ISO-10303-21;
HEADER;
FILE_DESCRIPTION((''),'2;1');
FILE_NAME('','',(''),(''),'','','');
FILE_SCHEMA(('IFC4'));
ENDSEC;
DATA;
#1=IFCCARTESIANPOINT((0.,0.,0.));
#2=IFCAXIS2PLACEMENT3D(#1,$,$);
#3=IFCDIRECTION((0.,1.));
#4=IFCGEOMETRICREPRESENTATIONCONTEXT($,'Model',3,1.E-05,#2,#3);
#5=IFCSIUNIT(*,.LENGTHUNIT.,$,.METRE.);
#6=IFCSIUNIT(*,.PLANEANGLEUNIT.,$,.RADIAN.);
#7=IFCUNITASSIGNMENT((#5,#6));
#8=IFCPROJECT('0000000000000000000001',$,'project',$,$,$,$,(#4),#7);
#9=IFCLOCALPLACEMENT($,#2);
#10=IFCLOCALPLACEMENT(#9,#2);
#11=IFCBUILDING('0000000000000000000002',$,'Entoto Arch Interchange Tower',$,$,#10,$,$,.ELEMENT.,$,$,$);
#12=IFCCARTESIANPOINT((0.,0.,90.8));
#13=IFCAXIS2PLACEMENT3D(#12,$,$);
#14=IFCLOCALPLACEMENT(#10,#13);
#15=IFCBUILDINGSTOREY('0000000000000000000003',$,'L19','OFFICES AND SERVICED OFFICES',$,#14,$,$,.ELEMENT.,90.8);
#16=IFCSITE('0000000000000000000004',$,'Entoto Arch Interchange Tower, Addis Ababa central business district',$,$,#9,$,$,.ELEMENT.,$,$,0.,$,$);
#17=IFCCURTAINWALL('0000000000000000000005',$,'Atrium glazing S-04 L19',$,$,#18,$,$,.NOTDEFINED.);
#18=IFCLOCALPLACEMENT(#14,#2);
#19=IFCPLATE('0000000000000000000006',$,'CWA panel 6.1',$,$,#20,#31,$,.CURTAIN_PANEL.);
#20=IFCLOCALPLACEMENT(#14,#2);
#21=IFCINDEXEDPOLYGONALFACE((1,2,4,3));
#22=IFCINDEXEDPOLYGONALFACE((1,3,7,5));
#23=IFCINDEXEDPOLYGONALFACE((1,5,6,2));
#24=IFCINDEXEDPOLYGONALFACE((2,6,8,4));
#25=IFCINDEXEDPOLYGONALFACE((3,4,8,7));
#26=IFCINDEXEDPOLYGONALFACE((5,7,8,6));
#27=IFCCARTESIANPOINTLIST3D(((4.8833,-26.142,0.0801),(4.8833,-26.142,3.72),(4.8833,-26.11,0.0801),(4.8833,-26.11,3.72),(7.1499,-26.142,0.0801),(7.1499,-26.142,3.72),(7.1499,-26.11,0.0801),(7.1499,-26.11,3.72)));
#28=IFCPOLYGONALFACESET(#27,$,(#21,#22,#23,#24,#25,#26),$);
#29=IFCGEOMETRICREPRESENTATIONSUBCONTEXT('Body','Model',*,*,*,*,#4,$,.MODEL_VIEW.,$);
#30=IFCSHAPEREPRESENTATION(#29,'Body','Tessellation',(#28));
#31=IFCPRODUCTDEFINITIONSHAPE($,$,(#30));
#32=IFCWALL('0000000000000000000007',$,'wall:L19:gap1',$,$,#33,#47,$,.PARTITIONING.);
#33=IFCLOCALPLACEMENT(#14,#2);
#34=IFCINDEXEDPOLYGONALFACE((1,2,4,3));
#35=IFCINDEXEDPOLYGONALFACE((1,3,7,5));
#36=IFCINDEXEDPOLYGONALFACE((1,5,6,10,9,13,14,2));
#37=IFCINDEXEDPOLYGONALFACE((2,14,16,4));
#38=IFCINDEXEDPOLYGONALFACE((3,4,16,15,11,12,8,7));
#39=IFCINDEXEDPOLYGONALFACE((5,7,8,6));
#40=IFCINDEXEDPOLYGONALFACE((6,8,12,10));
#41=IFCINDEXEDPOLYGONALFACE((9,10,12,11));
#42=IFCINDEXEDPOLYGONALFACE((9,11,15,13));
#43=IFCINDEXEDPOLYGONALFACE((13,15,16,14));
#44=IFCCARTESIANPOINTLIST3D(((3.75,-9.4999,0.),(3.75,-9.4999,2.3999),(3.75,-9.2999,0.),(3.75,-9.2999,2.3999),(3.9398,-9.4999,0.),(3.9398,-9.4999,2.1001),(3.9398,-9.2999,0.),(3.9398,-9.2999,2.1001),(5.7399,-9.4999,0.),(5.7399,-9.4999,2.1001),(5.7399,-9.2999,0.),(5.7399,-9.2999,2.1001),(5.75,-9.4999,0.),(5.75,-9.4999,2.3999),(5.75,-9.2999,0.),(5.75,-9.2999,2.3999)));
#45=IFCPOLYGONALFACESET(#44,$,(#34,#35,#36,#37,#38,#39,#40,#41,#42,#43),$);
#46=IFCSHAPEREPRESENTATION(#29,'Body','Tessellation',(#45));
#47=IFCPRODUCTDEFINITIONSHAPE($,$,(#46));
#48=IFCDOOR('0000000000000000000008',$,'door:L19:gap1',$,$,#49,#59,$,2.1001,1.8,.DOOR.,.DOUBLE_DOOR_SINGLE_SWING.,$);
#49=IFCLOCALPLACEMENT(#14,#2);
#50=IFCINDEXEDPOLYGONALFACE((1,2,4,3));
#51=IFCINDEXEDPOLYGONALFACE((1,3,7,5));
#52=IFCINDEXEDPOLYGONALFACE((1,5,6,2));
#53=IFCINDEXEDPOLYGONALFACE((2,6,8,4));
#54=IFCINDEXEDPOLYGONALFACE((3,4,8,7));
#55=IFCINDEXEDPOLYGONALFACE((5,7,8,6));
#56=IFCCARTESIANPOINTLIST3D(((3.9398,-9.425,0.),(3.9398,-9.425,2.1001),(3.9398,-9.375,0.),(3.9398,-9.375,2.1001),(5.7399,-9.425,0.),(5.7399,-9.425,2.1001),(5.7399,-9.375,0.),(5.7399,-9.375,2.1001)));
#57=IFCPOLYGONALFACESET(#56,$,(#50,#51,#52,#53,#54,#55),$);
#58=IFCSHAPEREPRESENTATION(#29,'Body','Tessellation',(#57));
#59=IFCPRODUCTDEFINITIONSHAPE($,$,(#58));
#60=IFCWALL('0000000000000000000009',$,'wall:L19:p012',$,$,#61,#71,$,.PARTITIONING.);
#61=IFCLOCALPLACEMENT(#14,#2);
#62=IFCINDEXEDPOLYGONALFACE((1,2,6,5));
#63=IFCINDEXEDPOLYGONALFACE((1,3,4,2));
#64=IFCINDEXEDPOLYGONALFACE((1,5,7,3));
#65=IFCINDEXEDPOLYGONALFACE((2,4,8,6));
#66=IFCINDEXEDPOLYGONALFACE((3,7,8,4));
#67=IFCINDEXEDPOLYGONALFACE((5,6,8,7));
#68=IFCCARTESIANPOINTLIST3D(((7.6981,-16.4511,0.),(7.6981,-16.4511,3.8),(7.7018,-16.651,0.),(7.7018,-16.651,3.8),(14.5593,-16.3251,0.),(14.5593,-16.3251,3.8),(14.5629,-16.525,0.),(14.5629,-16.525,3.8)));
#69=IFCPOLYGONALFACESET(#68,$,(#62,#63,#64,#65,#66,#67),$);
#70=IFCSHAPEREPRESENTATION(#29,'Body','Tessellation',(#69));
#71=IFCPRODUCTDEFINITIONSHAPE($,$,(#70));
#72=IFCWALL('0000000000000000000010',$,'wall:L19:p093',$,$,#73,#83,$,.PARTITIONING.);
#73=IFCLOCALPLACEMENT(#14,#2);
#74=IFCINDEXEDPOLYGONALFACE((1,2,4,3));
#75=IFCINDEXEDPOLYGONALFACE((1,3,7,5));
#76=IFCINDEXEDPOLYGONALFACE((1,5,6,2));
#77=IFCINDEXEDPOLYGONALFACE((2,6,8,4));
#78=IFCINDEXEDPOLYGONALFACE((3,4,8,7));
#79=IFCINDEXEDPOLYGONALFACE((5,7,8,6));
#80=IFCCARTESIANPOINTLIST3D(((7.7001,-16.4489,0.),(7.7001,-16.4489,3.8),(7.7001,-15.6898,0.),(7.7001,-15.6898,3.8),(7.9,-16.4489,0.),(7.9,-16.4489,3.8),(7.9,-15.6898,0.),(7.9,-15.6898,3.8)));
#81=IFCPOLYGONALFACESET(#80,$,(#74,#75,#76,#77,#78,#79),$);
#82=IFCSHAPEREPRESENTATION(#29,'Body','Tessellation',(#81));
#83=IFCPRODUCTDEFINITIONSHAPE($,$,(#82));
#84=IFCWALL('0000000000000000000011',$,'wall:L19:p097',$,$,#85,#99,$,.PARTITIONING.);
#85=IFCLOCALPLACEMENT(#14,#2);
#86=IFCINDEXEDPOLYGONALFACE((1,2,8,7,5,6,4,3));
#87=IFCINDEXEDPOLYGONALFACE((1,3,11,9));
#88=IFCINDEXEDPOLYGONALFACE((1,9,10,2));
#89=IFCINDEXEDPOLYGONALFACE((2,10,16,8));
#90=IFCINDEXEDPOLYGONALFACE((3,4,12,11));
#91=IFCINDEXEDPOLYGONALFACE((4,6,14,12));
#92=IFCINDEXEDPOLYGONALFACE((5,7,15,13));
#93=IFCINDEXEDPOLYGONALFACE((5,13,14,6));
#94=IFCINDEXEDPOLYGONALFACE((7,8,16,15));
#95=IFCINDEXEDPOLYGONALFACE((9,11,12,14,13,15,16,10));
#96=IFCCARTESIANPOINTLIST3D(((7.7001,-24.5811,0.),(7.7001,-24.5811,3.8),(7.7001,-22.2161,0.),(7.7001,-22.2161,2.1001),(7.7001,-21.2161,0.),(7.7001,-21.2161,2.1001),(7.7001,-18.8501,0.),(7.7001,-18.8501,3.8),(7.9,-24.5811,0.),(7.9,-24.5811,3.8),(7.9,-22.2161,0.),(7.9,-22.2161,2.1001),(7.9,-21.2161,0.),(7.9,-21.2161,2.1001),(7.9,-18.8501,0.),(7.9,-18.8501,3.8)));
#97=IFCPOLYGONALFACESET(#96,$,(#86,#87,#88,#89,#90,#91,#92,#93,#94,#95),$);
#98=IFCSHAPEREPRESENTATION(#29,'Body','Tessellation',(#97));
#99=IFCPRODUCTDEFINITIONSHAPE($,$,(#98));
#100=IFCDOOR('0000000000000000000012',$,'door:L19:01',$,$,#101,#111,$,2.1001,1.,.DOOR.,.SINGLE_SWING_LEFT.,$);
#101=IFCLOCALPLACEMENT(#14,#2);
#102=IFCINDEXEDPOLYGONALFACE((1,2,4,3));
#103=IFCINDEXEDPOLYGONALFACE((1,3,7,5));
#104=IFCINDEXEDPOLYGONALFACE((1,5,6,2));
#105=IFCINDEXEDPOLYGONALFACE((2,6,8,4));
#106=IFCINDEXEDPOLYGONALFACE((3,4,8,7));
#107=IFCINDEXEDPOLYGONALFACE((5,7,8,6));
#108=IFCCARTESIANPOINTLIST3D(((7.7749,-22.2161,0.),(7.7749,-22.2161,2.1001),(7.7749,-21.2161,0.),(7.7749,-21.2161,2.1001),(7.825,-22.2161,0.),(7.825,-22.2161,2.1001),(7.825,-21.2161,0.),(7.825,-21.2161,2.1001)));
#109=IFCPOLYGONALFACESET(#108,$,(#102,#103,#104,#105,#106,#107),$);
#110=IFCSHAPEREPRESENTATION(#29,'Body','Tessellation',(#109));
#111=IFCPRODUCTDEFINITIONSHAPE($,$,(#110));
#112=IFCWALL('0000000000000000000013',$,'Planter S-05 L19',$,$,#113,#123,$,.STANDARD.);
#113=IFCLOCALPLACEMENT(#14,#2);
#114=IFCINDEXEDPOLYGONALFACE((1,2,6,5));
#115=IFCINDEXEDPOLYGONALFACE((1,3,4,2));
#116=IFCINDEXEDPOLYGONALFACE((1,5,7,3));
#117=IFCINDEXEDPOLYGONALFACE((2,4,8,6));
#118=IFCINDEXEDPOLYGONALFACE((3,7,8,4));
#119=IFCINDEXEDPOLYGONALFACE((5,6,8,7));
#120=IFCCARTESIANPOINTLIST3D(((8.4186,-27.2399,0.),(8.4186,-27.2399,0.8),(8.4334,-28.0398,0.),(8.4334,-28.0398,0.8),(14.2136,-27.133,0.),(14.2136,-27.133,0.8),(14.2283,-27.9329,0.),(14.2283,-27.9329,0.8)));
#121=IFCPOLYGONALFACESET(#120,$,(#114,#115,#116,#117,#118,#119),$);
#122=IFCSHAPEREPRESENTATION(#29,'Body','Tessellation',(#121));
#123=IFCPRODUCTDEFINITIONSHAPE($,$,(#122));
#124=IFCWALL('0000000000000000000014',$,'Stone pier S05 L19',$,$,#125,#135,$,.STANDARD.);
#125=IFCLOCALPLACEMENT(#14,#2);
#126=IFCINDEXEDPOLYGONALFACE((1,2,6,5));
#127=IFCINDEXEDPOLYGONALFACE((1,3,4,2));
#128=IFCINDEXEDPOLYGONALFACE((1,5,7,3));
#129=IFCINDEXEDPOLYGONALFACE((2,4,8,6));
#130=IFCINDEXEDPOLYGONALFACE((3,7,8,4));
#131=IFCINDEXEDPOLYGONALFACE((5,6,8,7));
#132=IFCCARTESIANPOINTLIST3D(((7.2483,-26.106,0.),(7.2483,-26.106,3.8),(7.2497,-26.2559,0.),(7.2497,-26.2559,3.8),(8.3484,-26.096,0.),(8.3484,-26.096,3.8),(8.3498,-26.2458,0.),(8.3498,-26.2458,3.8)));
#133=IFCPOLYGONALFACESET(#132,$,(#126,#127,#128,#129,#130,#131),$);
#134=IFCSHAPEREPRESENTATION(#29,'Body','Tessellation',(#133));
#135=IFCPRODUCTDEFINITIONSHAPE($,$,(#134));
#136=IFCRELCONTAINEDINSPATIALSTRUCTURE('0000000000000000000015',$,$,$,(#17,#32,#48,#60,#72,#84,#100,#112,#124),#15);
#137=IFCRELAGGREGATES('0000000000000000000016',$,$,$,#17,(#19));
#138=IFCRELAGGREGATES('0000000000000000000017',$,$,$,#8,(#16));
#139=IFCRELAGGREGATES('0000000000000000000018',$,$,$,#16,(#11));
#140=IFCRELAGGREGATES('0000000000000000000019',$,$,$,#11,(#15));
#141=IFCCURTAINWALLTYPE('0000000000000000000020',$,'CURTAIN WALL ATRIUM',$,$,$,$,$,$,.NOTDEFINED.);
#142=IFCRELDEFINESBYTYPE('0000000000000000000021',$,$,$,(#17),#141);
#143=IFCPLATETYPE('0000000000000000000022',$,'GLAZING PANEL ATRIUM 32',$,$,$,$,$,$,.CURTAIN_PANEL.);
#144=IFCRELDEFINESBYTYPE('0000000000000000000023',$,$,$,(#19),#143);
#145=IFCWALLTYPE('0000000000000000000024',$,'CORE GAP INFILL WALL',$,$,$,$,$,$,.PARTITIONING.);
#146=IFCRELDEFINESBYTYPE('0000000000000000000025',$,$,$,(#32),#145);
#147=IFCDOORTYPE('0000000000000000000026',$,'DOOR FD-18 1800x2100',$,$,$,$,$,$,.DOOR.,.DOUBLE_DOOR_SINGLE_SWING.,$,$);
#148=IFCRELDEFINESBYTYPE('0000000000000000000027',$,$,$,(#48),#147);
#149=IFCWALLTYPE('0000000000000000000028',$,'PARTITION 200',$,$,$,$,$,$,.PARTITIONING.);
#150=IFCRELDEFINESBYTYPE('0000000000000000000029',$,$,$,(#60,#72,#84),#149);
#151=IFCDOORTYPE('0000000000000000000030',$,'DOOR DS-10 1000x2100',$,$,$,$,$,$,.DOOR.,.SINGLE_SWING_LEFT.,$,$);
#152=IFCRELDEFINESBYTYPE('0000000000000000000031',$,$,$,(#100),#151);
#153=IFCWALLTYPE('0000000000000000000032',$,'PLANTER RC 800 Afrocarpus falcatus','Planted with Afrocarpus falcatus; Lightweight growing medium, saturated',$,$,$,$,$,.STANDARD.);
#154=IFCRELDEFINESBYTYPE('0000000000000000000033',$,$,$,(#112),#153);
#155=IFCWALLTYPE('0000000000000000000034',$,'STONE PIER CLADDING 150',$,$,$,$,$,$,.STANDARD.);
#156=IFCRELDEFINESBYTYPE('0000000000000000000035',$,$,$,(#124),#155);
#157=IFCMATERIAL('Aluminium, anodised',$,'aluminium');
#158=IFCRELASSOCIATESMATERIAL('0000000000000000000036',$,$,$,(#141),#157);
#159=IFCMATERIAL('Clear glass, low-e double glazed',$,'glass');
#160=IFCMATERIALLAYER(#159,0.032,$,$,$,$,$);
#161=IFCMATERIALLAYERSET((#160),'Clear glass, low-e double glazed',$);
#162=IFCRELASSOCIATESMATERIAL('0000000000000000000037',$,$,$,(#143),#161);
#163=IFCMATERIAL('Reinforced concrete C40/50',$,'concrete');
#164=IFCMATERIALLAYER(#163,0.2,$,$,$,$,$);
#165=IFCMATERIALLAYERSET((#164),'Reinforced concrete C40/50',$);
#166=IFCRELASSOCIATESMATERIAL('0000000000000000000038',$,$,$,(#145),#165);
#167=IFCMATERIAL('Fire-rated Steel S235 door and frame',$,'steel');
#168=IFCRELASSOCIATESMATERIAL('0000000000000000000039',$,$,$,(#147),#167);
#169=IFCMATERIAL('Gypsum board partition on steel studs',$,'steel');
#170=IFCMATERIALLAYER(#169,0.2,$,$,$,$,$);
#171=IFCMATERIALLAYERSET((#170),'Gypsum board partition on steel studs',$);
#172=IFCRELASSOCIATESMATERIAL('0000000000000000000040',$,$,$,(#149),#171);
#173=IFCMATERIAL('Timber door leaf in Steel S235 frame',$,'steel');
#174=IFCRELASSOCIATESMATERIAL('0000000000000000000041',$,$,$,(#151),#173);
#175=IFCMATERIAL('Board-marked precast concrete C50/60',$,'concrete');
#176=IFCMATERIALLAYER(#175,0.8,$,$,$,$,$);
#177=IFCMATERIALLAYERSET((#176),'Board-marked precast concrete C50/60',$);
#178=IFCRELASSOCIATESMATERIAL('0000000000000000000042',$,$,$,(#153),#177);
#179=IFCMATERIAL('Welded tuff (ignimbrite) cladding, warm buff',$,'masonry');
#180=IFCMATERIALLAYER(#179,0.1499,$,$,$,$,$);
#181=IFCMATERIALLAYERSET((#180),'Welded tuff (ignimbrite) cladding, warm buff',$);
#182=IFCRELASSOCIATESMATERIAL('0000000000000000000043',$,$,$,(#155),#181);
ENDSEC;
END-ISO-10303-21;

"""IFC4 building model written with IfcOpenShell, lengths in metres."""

from ifc_helpers import new_model, si_unit, direction, frame, frame_2d, origin, origin_2d, place, context, subcontext, project, spatial, rectangle, extrude, material, layer, layer_set, type_object, element, fill, aggregate, save


model = new_model("IFC4")

# Units and contexts
model_context = context("Model", 3, precision=1e-05, world=origin(), true_north=direction((0.0, 1.0)))
body_context = subcontext(model_context, "Body", "Model", "MODEL_VIEW")
ifc_project = project(units=[si_unit("LENGTHUNIT", "METRE"), si_unit("PLANEANGLEUNIT", "RADIAN")], contexts=[model_context])

# Site, building, storey
site_placement = place(None, origin())
site = spatial("IfcSite", under=ifc_project, at=site_placement, Name="Entoto Arch Interchange Tower, Addis Ababa central business district", CompositionType="ELEMENT", RefElevation=0.0)
building_placement = place(site_placement, origin())
building = spatial("IfcBuilding", under=site, at=building_placement, Name="Entoto Arch Interchange Tower", CompositionType="ELEMENT")
storey_placement = place(building_placement, frame((0.0, 0.0, 90.8)))
storey = spatial("IfcBuildingStorey", under=building, at=storey_placement, Name="L19", Description="OFFICES AND SERVICED OFFICES", CompositionType="ELEMENT", Elevation=90.8)

# Curtain wall, plate
ifc_material_1 = material(Name="Aluminium, anodised", Category="aluminium")
curtain_wall_type = type_object("IfcCurtainWallType", Name="CURTAIN WALL ATRIUM", PredefinedType="NOTDEFINED", material=ifc_material_1)
curtain_wall_placement = place(storey_placement, origin())
curtain_wall = element("IfcCurtainWall", 1, at=curtain_wall_placement, inside=storey, type_object=curtain_wall_type, Name="Atrium glazing S-04 L19", PredefinedType="NOTDEFINED")
ifc_material_2 = material(Name="Clear glass, low-e double glazed", Category="glass")
ifc_layer_1 = layer(ifc_material_2, 0.032)
ifc_layer_set_1 = layer_set([ifc_layer_1], Name="Clear glass, low-e double glazed")
plate_type = type_object("IfcPlateType", Name="GLAZING PANEL ATRIUM 32", PredefinedType="CURTAIN_PANEL", material=ifc_layer_set_1)
plate_1_placement = place(storey_placement, frame((6.0166, -26.126, 0.0801), z_axis=(0.0, 0.0, 1.0), x_axis=(1.0, 0.0, 0.0)))
plate_1 = element("IfcPlate", 2, at=plate_1_placement, type_object=plate_type, Name="CWA panel 6.1", PredefinedType="CURTAIN_PANEL", context=body_context, shape_type="SweptSolid", body=[
    extrude(rectangle(XDim=2.2666, YDim=0.032, at=origin_2d()), origin(), (0.0, 0.0, 1.0), 3.6399),
])
aggregate(curtain_wall, [plate_1])

# Wall, opening, door
ifc_material_3 = material(Name="Reinforced concrete C40/50", Category="concrete")
ifc_layer_2 = layer(ifc_material_3, 0.2)
ifc_layer_set_2 = layer_set([ifc_layer_2], Name="Reinforced concrete C40/50")
wall_type_1 = type_object("IfcWallType", Name="CORE GAP INFILL WALL", PredefinedType="PARTITIONING", material=ifc_layer_set_2)
wall_1_placement = place(storey_placement, frame((3.75, -9.3999, 0.0), z_axis=(0.0, 0.0, 1.0), x_axis=(1.0, 0.0, 0.0)))
wall_1 = element("IfcWall", 3, at=wall_1_placement, inside=storey, type_object=wall_type_1, Name="wall:L19:gap1", PredefinedType="PARTITIONING", context=body_context, shape_type="SweptSolid", body=[
    extrude(rectangle(XDim=2.0, YDim=0.2, at=frame_2d((1.0, 0.0))), origin(), (0.0, 0.0, 1.0), 2.3999),
])
opening_1_placement = place(wall_1_placement, frame((0.1899, 0.0, 0.0)))
opening_1 = element("IfcOpeningElement", 4, at=opening_1_placement, cuts=wall_1, PredefinedType="OPENING", context=body_context, shape_type="SweptSolid", body=[
    extrude(rectangle(XDim=1.8, YDim=2.1001, at=frame_2d((0.8999, 1.05))), frame((0.0, 0.1099, 0.0), z_axis=(0.0, -1.0, 0.0), x_axis=(1.0, 0.0, 0.0)), (0.0, 0.0, 1.0), 0.22),
])
ifc_material_4 = material(Name="Fire-rated Steel S235 door and frame", Category="steel")
door_type_1 = type_object("IfcDoorType", Name="DOOR FD-18 1800x2100", OperationType="DOUBLE_DOOR_SINGLE_SWING", PredefinedType="DOOR", material=ifc_material_4)
door_1_placement = place(opening_1_placement, origin())
door_1 = element("IfcDoor", 5, at=door_1_placement, inside=storey, type_object=door_type_1, Name="door:L19:gap1", OperationType="DOUBLE_DOOR_SINGLE_SWING", OverallHeight=2.1001, OverallWidth=1.8, PredefinedType="DOOR", context=body_context, shape_type="SweptSolid", body=[
    extrude(rectangle(XDim=1.8, YDim=2.1001, at=frame_2d((0.8999, 1.05))), frame((0.0, 0.0249, 0.0), z_axis=(0.0, -1.0, 0.0), x_axis=(1.0, 0.0, 0.0)), (0.0, 0.0, 1.0), 0.05),
])
fill(opening_1, door_1)

# Walls
ifc_material_5 = material(Name="Gypsum board partition on steel studs", Category="steel")
ifc_layer_3 = layer(ifc_material_5, 0.2)
ifc_layer_set_3 = layer_set([ifc_layer_3], Name="Gypsum board partition on steel studs")
wall_type_2 = type_object("IfcWallType", Name="PARTITION 200", PredefinedType="PARTITIONING", material=ifc_layer_set_3)
wall_2_placement = place(storey_placement, frame((7.7, -16.551, 0.0), z_axis=(0.0, 0.0, 1.0), x_axis=(0.999831, 0.018358, 0.0)))
element("IfcWall", 6, at=wall_2_placement, inside=storey, type_object=wall_type_2, Name="wall:L19:p012", PredefinedType="PARTITIONING", context=body_context, shape_type="SweptSolid", body=[
    extrude(rectangle(XDim=6.8623, YDim=0.2, at=frame_2d((3.4312, 0.0))), origin(), (0.0, 0.0, 1.0), 3.8),
])
wall_3_placement = place(storey_placement, frame((7.8, -15.6899, 0.0), z_axis=(0.0, 0.0, 1.0), x_axis=(0.0, -1.0, 0.0)))
element("IfcWall", 7, at=wall_3_placement, inside=storey, type_object=wall_type_2, Name="wall:L19:p093", PredefinedType="PARTITIONING", context=body_context, shape_type="SweptSolid", body=[
    extrude(rectangle(XDim=0.759, YDim=0.2, at=frame_2d((0.3794, 0.0))), origin(), (0.0, 0.0, 1.0), 3.8),
])

# Wall, opening, door
wall_4_placement = place(storey_placement, frame((7.8, -18.8501, 0.0), z_axis=(0.0, 0.0, 1.0), x_axis=(0.0, -1.0, 0.0)))
wall_4 = element("IfcWall", 8, at=wall_4_placement, inside=storey, type_object=wall_type_2, Name="wall:L19:p097", PredefinedType="PARTITIONING", context=body_context, shape_type="SweptSolid", body=[
    extrude(rectangle(XDim=5.731, YDim=0.2, at=frame_2d((2.8655, 0.0))), origin(), (0.0, 0.0, 1.0), 3.8),
])
opening_2_placement = place(wall_4_placement, frame((2.366, 0.0, 0.0)))
opening_2 = element("IfcOpeningElement", 9, at=opening_2_placement, cuts=wall_4, PredefinedType="OPENING", context=body_context, shape_type="SweptSolid", body=[
    extrude(rectangle(XDim=1.0, YDim=2.1001, at=frame_2d((0.5, 1.05))), frame((0.0, 0.1099, 0.0), z_axis=(0.0, -1.0, 0.0), x_axis=(1.0, 0.0, 0.0)), (0.0, 0.0, 1.0), 0.22),
])
ifc_material_6 = material(Name="Timber door leaf in Steel S235 frame", Category="steel")
door_type_2 = type_object("IfcDoorType", Name="DOOR DS-10 1000x2100", OperationType="SINGLE_SWING_LEFT", PredefinedType="DOOR", material=ifc_material_6)
door_2_placement = place(opening_2_placement, origin())
door_2 = element("IfcDoor", 10, at=door_2_placement, inside=storey, type_object=door_type_2, Name="door:L19:01", OperationType="SINGLE_SWING_LEFT", OverallHeight=2.1001, OverallWidth=1.0, PredefinedType="DOOR", context=body_context, shape_type="SweptSolid", body=[
    extrude(rectangle(XDim=1.0, YDim=2.1001, at=frame_2d((0.5, 1.05))), frame((0.0, 0.0249, 0.0), z_axis=(0.0, -1.0, 0.0), x_axis=(1.0, 0.0, 0.0)), (0.0, 0.0, 1.0), 0.05),
])
fill(opening_2, door_2)

# Wall
ifc_material_7 = material(Name="Board-marked precast concrete C50/60", Category="concrete")
ifc_layer_4 = layer(ifc_material_7, 0.8)
ifc_layer_set_4 = layer_set([ifc_layer_4], Name="Board-marked precast concrete C50/60")
wall_type_3 = type_object("IfcWallType", Name="PLANTER RC 800 Afrocarpus falcatus", Description="Planted with Afrocarpus falcatus; Lightweight growing medium, saturated", PredefinedType="STANDARD", material=ifc_layer_set_4)
wall_5_placement = place(storey_placement, frame((8.426, -27.6399, 0.0), z_axis=(0.0, 0.0, 1.0), x_axis=(0.99983, 0.01845, 0.0)))
element("IfcWall", 11, at=wall_5_placement, inside=storey, type_object=wall_type_3, Name="Planter S-05 L19", PredefinedType="STANDARD", context=body_context, shape_type="SweptSolid", body=[
    extrude(rectangle(XDim=5.7959, YDim=0.8, at=frame_2d((2.8979, 0.0))), origin(), (0.0, 0.0, 1.0), 0.8),
])

# Shared definitions
ifc_material_8 = material(Name="Welded tuff (ignimbrite) cladding, warm buff", Category="masonry")

# Wall
ifc_layer_5 = layer(ifc_material_8, 0.1499)
ifc_layer_set_5 = layer_set([ifc_layer_5], Name="Welded tuff (ignimbrite) cladding, warm buff")
wall_type_4 = type_object("IfcWallType", Name="STONE PIER CLADDING 150", PredefinedType="STANDARD", material=ifc_layer_set_5)
wall_6_placement = place(storey_placement, frame((7.249, -26.1809, 0.0), z_axis=(0.0, 0.0, 1.0), x_axis=(0.999959, 0.009099, 0.0)))
element("IfcWall", 12, at=wall_6_placement, inside=storey, type_object=wall_type_4, Name="Stone pier S05 L19", PredefinedType="STANDARD", context=body_context, shape_type="SweptSolid", body=[
    extrude(rectangle(XDim=1.1001, YDim=0.1499, at=frame_2d((0.55, 0.0))), origin(), (0.0, 0.0, 1.0), 3.8),
])

save(model, "model.ifc")
